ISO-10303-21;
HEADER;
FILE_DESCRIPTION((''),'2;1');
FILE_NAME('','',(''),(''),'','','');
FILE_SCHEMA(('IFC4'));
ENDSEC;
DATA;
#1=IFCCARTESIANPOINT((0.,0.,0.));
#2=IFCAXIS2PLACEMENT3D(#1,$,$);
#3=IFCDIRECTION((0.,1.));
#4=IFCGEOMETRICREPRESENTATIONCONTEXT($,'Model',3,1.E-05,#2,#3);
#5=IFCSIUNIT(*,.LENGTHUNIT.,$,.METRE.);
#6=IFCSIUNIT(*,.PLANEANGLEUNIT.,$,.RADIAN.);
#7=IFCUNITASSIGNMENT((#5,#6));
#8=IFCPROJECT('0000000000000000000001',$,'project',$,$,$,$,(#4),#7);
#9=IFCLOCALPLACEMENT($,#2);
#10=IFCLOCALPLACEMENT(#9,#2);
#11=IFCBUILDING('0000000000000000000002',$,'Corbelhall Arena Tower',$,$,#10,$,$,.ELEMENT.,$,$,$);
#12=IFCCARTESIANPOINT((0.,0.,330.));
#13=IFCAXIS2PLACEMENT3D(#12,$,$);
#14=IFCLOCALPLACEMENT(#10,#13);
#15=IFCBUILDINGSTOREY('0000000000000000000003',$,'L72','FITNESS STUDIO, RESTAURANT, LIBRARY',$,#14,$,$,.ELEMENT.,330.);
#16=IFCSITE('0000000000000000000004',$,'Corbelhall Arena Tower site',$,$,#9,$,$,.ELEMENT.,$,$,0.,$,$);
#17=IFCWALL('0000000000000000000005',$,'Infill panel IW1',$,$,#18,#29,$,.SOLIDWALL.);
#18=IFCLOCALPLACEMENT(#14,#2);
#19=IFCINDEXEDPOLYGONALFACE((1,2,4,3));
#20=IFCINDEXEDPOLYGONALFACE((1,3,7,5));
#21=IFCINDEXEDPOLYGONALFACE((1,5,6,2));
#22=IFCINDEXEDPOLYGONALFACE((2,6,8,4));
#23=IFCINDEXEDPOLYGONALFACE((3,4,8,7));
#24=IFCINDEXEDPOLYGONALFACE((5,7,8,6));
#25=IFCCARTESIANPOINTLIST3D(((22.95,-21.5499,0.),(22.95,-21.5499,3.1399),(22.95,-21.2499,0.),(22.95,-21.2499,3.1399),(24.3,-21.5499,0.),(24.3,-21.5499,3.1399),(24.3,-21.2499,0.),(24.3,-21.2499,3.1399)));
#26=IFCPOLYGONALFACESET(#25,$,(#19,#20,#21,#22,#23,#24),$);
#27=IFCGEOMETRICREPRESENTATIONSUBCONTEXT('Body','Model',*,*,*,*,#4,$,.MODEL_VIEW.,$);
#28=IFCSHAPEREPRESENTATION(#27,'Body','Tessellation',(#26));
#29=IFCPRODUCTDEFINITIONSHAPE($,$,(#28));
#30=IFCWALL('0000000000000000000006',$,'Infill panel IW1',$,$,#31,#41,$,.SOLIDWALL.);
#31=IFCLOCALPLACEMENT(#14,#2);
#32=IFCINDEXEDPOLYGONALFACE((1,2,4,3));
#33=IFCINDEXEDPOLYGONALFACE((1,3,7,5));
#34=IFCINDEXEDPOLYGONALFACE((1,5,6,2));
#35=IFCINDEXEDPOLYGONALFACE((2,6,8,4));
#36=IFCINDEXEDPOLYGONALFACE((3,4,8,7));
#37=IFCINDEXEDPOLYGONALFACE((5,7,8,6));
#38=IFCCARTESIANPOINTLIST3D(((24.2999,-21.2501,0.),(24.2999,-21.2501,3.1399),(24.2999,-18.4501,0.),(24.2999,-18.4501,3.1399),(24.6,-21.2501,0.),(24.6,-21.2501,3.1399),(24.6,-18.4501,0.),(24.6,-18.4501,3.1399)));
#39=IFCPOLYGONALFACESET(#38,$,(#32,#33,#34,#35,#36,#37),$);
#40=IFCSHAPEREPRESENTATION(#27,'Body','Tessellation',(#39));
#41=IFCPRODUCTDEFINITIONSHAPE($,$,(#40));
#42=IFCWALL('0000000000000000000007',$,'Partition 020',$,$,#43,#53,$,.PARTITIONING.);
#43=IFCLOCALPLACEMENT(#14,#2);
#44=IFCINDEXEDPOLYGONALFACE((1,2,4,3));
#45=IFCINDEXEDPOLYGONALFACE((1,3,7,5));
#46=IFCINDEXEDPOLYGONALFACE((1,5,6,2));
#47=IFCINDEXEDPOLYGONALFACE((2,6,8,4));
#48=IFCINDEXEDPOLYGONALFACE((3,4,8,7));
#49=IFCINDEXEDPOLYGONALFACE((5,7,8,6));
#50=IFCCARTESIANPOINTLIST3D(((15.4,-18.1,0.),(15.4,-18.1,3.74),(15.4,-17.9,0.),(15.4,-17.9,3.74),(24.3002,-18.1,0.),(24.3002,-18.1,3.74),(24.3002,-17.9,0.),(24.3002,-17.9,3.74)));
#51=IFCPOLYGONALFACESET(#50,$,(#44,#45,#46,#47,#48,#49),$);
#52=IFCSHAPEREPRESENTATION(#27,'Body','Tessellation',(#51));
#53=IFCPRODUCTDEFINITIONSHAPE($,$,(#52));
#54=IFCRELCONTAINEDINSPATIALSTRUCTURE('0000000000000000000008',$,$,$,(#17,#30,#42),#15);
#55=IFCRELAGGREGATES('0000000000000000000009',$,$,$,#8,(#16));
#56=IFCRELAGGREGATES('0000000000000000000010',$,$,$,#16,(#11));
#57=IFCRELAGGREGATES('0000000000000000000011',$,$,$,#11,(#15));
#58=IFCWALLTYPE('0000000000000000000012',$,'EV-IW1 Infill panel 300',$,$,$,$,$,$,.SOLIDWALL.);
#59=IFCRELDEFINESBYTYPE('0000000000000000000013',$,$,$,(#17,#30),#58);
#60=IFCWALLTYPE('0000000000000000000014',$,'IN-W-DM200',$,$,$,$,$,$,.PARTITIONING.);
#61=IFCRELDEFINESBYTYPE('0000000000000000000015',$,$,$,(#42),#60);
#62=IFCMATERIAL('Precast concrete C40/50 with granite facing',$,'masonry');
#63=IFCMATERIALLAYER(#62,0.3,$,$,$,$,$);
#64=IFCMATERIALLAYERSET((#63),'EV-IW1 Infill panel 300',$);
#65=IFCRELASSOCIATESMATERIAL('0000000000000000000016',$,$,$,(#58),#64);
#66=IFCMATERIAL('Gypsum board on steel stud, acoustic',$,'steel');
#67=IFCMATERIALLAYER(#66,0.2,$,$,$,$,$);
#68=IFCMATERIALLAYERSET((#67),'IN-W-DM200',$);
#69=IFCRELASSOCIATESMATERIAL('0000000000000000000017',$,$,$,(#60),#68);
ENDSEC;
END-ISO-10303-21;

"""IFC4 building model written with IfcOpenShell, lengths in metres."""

from ifc_helpers import new_model, si_unit, direction, frame, frame_2d, origin, place, context, subcontext, project, spatial, rectangle, extrude, material, layer, layer_set, type_object, element, save


model = new_model("IFC4")

# Units and contexts
model_context = context("Model", 3, precision=1e-05, world=origin(), true_north=direction((0.0, 1.0)))
body_context = subcontext(model_context, "Body", "Model", "MODEL_VIEW")
ifc_project = project(units=[si_unit("LENGTHUNIT", "METRE"), si_unit("PLANEANGLEUNIT", "RADIAN")], contexts=[model_context])

# Site, building, storey
site_placement = place(None, origin())
site = spatial("IfcSite", under=ifc_project, at=site_placement, Name="Corbelhall Arena Tower site", CompositionType="ELEMENT", RefElevation=0.0)
building_placement = place(site_placement, origin())
building = spatial("IfcBuilding", under=site, at=building_placement, Name="Corbelhall Arena Tower", CompositionType="ELEMENT")
storey_placement = place(building_placement, frame((0.0, 0.0, 330.0)))
storey = spatial("IfcBuildingStorey", under=building, at=storey_placement, Name="L72", Description="FITNESS STUDIO, RESTAURANT, LIBRARY", CompositionType="ELEMENT", Elevation=330.0)

# Shared definitions
ifc_material_1 = material(Name="Precast concrete C40/50 with granite facing", Category="masonry")
ifc_layer_1 = layer(ifc_material_1, 0.3)
ifc_layer_set_1 = layer_set([ifc_layer_1], Name="EV-IW1 Infill panel 300")
wall_type_1 = type_object("IfcWallType", Name="EV-IW1 Infill panel 300", PredefinedType="SOLIDWALL", material=ifc_layer_set_1)

# Walls
wall_1_placement = place(storey_placement, frame((22.95, -21.3999, 0.0), z_axis=(0.0, 0.0, 1.0), x_axis=(1.0, 0.0, 0.0)))
element("IfcWall", 1, at=wall_1_placement, inside=storey, type_object=wall_type_1, Name="Infill panel IW1", PredefinedType="SOLIDWALL", context=body_context, shape_type="SweptSolid", body=[
    extrude(rectangle(XDim=1.3501, YDim=0.3, at=frame_2d((0.675, 0.0))), origin(), (0.0, 0.0, 1.0), 3.1399),
])
wall_2_placement = place(storey_placement, frame((24.45, -21.25, 0.0), z_axis=(0.0, 0.0, 1.0), x_axis=(0.0, 1.0, 0.0)))
element("IfcWall", 2, at=wall_2_placement, inside=storey, type_object=wall_type_1, Name="Infill panel IW1", PredefinedType="SOLIDWALL", context=body_context, shape_type="SweptSolid", body=[
    extrude(rectangle(XDim=2.8, YDim=0.3, at=frame_2d((1.3999, 0.0))), origin(), (0.0, 0.0, 1.0), 3.1399),
])

# Shared definitions
ifc_material_2 = material(Name="Gypsum board on steel stud, acoustic", Category="steel")
ifc_layer_2 = layer(ifc_material_2, 0.2)
ifc_layer_set_2 = layer_set([ifc_layer_2], Name="IN-W-DM200")
wall_type_2 = type_object("IfcWallType", Name="IN-W-DM200", PredefinedType="PARTITIONING", material=ifc_layer_set_2)

# Wall
wall_3_placement = place(storey_placement, frame((15.3999, -18.0, 0.0), z_axis=(0.0, 0.0, 1.0), x_axis=(1.0, 0.0, 0.0)))
element("IfcWall", 3, at=wall_3_placement, inside=storey, type_object=wall_type_2, Name="Partition 020", PredefinedType="PARTITIONING", context=body_context, shape_type="SweptSolid", body=[
    extrude(rectangle(XDim=8.9001, YDim=0.2, at=frame_2d((4.4502, 0.0))), origin(), (0.0, 0.0, 1.0), 3.74),
])

save(model, "model.ifc")
